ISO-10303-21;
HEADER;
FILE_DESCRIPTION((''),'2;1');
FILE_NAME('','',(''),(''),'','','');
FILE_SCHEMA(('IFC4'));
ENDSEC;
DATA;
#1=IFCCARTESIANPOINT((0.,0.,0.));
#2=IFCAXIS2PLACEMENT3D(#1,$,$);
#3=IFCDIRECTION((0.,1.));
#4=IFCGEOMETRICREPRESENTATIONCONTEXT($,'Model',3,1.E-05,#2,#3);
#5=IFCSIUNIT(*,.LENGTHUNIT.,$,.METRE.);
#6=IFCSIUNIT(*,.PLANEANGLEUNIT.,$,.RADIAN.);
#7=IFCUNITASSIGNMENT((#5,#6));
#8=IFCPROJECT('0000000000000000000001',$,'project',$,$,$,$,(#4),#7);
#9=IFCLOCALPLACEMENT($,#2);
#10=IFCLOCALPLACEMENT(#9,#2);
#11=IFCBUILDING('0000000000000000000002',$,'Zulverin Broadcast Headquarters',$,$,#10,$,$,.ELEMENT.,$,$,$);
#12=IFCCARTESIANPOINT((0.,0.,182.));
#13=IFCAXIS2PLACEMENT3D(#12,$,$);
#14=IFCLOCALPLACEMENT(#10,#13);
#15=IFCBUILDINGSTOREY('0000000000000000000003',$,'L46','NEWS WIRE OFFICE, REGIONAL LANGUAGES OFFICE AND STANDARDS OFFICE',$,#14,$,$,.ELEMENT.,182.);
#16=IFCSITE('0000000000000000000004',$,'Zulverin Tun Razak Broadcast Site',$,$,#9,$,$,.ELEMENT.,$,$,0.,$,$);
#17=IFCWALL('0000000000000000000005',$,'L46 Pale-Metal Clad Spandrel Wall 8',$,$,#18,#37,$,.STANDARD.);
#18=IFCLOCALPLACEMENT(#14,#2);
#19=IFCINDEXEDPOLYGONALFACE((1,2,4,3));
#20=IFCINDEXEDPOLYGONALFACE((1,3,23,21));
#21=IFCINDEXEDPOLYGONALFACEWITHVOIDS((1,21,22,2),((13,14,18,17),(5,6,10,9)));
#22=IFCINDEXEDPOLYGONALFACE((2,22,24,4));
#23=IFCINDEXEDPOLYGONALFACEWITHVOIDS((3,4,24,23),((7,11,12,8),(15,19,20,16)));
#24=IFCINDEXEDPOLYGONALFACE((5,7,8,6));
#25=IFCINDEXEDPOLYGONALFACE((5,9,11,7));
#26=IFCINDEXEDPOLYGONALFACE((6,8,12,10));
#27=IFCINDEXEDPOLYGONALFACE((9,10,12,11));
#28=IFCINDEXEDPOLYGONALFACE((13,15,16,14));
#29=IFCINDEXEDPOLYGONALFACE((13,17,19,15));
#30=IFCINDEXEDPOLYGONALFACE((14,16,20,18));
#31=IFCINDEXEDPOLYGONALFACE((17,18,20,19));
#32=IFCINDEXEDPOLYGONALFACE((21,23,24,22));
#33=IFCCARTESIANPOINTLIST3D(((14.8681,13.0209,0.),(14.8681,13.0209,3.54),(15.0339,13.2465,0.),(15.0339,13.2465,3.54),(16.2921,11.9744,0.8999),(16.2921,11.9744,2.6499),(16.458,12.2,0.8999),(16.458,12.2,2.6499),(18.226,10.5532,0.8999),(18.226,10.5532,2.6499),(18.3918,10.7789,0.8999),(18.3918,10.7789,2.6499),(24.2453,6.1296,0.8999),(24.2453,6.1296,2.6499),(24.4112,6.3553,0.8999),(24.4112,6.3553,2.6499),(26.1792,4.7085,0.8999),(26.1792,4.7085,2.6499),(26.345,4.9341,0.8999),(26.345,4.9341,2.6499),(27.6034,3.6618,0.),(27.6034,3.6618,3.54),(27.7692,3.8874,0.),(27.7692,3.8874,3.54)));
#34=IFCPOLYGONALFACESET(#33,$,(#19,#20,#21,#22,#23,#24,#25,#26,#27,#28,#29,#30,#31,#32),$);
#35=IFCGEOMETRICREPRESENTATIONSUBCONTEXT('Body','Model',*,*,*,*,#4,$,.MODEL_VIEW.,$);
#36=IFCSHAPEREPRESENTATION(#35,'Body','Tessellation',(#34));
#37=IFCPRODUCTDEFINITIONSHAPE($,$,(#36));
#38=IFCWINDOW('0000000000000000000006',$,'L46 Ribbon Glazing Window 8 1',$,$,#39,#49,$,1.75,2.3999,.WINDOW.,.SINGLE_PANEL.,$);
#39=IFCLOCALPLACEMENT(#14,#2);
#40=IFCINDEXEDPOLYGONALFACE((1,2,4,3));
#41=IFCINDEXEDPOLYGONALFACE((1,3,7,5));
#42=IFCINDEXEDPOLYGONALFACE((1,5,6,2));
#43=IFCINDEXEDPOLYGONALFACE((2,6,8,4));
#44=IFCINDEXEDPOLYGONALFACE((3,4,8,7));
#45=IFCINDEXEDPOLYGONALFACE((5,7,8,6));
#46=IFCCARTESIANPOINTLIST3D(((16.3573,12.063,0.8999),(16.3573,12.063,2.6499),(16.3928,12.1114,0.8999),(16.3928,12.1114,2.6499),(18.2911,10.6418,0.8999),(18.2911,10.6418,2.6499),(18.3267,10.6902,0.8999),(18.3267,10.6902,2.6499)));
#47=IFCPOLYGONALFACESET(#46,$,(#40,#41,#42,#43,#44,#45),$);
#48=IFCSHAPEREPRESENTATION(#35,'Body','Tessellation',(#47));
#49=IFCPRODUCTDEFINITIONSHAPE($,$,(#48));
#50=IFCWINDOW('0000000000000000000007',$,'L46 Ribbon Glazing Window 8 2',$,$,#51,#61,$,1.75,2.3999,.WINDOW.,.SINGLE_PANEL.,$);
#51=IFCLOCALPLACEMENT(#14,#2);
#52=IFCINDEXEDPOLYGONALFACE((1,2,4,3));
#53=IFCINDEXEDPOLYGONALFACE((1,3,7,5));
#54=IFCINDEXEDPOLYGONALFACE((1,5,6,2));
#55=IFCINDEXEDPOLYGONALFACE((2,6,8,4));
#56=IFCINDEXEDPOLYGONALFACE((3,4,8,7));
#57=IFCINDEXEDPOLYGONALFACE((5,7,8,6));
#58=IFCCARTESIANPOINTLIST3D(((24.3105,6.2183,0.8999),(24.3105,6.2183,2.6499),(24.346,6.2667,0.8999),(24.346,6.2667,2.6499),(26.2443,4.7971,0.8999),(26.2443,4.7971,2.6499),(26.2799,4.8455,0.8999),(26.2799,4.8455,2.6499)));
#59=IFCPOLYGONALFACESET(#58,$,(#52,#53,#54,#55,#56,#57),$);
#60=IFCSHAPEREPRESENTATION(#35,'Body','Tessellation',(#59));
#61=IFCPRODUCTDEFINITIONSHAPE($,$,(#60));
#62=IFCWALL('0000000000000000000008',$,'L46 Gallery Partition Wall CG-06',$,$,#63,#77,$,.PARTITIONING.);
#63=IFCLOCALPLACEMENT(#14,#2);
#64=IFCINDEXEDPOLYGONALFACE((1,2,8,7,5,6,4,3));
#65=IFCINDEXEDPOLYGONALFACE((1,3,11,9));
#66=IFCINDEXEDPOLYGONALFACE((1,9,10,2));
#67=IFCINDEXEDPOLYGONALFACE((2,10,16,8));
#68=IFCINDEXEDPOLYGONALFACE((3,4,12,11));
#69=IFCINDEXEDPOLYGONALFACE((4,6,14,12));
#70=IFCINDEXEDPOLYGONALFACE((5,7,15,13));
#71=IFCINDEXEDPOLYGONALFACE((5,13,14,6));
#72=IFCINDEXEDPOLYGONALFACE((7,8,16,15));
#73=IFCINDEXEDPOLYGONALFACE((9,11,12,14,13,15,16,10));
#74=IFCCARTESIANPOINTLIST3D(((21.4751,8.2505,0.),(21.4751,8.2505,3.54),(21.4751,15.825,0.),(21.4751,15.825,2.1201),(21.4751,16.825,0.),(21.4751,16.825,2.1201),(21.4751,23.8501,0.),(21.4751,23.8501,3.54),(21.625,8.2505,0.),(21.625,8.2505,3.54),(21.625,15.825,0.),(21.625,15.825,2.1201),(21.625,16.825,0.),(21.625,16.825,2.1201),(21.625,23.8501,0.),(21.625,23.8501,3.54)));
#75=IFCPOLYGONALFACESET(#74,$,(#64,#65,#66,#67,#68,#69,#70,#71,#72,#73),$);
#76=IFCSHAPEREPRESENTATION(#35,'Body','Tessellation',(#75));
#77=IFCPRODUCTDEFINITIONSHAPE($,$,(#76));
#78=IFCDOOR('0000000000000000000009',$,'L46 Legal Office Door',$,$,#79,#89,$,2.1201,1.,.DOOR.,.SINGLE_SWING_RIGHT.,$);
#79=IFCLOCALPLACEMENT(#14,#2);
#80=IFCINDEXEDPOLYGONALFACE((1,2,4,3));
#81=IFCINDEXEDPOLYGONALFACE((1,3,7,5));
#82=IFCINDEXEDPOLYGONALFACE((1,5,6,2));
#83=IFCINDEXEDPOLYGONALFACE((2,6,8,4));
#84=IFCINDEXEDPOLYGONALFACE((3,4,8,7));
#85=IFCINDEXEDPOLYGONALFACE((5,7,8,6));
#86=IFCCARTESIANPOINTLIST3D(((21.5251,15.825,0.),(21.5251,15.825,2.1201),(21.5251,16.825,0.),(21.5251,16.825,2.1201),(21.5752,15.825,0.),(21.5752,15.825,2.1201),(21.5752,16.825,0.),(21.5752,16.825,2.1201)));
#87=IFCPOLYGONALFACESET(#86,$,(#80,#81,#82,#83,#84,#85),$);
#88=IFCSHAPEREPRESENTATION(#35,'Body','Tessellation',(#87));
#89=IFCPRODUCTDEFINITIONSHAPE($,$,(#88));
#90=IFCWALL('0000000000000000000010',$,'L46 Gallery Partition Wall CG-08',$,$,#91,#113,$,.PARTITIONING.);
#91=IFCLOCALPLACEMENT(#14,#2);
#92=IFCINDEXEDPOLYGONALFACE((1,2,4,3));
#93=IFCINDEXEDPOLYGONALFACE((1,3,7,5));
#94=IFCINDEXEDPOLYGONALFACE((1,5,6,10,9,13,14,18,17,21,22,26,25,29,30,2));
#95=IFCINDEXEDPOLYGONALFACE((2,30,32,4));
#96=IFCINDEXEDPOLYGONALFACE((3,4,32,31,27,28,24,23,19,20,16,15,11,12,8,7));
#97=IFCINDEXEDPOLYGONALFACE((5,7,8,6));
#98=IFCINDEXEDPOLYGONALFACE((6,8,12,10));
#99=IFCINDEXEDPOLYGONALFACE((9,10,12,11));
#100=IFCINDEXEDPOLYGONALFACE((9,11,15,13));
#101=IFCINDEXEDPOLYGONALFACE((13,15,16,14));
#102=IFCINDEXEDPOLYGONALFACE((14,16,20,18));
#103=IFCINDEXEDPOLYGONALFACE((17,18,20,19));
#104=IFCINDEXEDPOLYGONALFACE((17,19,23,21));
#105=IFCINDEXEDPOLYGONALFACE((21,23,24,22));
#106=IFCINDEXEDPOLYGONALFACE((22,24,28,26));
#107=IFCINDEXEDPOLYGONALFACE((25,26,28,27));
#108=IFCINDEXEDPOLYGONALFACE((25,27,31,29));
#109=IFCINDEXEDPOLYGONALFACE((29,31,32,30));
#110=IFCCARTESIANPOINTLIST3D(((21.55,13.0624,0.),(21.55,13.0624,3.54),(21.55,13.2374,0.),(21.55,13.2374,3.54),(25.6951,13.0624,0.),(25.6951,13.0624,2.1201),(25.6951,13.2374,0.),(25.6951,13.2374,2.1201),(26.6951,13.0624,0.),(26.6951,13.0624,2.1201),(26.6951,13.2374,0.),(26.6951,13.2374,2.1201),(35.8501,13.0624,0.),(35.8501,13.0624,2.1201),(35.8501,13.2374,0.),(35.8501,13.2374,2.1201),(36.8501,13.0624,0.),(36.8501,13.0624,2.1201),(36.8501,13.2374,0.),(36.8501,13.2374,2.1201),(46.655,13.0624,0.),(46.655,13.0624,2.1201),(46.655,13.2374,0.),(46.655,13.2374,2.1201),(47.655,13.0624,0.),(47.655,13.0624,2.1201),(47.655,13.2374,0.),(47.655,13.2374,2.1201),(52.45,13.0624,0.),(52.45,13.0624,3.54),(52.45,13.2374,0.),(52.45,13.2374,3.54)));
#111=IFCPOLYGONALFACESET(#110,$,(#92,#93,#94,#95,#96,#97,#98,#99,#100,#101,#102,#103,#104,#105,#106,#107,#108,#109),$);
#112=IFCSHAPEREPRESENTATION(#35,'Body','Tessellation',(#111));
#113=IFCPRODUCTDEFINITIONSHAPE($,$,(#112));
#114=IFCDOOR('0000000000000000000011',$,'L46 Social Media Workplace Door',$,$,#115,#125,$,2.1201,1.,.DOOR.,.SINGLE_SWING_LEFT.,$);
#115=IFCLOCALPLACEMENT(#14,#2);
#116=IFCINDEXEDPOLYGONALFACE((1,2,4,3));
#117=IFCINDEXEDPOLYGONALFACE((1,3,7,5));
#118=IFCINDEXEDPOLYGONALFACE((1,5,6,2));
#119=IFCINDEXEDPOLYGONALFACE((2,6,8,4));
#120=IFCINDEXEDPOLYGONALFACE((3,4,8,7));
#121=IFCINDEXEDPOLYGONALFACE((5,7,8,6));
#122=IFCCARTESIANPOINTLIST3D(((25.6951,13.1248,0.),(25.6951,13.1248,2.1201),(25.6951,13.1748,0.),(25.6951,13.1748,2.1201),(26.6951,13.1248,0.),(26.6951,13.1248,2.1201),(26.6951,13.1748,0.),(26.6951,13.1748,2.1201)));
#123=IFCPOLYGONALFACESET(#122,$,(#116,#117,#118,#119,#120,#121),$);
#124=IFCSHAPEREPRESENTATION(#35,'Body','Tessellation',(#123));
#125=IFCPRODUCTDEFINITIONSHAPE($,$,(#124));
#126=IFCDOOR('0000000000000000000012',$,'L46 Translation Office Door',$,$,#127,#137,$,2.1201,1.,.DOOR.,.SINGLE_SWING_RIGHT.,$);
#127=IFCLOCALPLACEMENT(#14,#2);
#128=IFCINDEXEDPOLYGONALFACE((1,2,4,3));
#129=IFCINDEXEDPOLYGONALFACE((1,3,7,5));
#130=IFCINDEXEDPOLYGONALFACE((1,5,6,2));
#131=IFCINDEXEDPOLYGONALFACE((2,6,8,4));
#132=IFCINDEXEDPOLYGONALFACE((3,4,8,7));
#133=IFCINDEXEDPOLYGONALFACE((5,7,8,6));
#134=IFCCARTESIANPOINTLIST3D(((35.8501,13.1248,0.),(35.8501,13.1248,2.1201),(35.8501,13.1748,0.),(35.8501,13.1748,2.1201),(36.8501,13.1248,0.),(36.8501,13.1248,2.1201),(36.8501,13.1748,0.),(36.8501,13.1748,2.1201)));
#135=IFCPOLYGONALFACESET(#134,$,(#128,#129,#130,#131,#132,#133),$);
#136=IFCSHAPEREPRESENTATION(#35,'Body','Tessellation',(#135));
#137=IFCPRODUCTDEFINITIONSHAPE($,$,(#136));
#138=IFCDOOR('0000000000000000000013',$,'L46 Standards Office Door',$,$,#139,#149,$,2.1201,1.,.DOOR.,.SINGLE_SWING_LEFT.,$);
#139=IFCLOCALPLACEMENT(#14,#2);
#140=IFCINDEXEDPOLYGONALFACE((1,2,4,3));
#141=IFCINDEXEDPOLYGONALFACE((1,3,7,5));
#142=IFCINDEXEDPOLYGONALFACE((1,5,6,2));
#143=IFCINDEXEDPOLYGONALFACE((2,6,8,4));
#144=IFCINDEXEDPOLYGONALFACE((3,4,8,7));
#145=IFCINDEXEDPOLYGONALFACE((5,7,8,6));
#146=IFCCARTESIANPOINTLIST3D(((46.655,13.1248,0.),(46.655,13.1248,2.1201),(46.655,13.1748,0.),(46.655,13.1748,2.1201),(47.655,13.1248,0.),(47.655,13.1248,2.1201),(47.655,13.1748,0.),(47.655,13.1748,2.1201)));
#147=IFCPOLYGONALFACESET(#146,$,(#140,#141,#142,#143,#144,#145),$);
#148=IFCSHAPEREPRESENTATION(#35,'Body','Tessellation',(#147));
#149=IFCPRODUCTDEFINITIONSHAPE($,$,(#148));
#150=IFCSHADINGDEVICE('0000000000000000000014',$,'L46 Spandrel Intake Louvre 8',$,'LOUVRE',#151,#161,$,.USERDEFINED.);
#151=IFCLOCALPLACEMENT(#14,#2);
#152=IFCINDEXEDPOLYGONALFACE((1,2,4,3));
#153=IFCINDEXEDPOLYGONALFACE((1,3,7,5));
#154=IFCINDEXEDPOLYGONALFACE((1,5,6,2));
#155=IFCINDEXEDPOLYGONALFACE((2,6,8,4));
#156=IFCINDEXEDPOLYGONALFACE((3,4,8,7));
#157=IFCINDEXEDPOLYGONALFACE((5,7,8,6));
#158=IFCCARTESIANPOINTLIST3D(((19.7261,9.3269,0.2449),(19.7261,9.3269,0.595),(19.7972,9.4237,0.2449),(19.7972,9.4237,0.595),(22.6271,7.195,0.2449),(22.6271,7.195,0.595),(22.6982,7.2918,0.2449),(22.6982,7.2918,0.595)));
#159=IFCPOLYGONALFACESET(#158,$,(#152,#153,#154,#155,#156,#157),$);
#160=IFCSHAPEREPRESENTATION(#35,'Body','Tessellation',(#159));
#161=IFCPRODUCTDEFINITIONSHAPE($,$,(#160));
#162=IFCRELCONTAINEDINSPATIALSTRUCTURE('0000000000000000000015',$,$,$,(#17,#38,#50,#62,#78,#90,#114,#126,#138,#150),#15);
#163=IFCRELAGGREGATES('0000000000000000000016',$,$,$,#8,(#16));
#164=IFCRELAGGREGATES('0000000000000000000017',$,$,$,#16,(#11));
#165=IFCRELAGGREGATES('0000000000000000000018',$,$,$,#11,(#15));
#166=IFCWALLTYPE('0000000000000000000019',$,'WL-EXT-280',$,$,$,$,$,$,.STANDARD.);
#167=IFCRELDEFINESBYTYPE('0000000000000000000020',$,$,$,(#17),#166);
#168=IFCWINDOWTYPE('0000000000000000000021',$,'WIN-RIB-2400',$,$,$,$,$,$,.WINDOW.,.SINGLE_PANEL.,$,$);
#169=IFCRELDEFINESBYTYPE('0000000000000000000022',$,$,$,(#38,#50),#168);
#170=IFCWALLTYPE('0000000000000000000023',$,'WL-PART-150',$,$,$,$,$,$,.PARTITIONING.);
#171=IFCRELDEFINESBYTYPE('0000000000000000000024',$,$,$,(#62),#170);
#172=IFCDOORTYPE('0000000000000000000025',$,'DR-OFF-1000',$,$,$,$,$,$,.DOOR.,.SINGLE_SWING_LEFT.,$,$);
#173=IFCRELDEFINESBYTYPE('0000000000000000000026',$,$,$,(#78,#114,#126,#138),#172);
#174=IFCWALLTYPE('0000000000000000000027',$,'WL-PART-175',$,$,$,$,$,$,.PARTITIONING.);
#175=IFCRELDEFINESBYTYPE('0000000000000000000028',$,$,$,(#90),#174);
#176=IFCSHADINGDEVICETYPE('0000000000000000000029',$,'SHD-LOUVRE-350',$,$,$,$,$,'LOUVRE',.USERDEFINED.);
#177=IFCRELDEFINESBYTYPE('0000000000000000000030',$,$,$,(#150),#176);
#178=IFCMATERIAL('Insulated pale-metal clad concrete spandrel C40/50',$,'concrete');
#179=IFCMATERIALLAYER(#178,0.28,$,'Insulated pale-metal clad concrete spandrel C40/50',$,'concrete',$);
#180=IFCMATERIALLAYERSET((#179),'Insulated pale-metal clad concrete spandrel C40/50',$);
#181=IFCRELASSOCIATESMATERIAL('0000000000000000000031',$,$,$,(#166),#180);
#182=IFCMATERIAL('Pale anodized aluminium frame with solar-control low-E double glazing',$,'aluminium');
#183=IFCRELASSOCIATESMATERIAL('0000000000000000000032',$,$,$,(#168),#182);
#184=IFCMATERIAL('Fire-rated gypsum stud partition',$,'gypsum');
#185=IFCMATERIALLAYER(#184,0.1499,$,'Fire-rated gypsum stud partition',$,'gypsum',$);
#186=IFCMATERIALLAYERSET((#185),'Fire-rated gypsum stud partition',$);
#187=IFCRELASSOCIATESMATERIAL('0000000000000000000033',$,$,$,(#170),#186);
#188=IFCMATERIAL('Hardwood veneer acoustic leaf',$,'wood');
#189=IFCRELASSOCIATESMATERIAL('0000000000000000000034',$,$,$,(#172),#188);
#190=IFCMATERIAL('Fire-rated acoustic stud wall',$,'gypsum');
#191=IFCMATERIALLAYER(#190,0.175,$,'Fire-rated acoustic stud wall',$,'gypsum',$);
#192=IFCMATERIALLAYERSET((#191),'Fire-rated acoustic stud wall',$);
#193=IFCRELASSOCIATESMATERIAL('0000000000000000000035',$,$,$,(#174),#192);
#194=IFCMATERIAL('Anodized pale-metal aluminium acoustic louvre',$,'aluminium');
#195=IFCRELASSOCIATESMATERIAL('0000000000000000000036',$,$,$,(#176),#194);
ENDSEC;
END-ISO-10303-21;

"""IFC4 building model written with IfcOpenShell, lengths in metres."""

from ifc_helpers import new_model, si_unit, direction, frame, frame_2d, origin, origin_2d, place, context, subcontext, project, spatial, rectangle, extrude, material, layer, layer_set, type_object, element, fill, save


model = new_model("IFC4")

# Units and contexts
model_context = context("Model", 3, precision=1e-05, world=origin(), true_north=direction((0.0, 1.0)))
body_context = subcontext(model_context, "Body", "Model", "MODEL_VIEW")
ifc_project = project(units=[si_unit("LENGTHUNIT", "METRE"), si_unit("PLANEANGLEUNIT", "RADIAN")], contexts=[model_context])

# Site, building, storey
site_placement = place(None, origin())
site = spatial("IfcSite", under=ifc_project, at=site_placement, Name="Zulverin Tun Razak Broadcast Site", CompositionType="ELEMENT", RefElevation=0.0)
building_placement = place(site_placement, origin())
building = spatial("IfcBuilding", under=site, at=building_placement, Name="Zulverin Broadcast Headquarters", CompositionType="ELEMENT")
storey_placement = place(building_placement, frame((0.0, 0.0, 182.0)))
storey = spatial("IfcBuildingStorey", under=building, at=storey_placement, Name="L46", Description="NEWS WIRE OFFICE, REGIONAL LANGUAGES OFFICE AND STANDARDS OFFICE", CompositionType="ELEMENT", Elevation=182.0)

# Wall, openings, windows
ifc_material_1 = material(Name="Insulated pale-metal clad concrete spandrel C40/50", Category="concrete")
ifc_layer_1 = layer(ifc_material_1, 0.28, Name="Insulated pale-metal clad concrete spandrel C40/50", Category="concrete")
ifc_layer_set_1 = layer_set([ifc_layer_1], Name="Insulated pale-metal clad concrete spandrel C40/50")
wall_type_1 = type_object("IfcWallType", Name="WL-EXT-280", PredefinedType="STANDARD", material=ifc_layer_set_1)
wall_1_placement = place(storey_placement, frame((14.9509, 13.1338, 0.0), z_axis=(0.0, 0.0, 1.0), x_axis=(0.805805, -0.592181, 0.0)))
wall_1 = element("IfcWall", 1, at=wall_1_placement, inside=storey, type_object=wall_type_1, Name="L46 Pale-Metal Clad Spandrel Wall 8", PredefinedType="STANDARD", context=body_context, shape_type="SweptSolid", body=[
    extrude(rectangle(XDim=15.8044, YDim=0.28, at=frame_2d((7.9023, 0.0))), origin(), (0.0, 0.0, 1.0), 3.54),
])
opening_1_placement = place(wall_1_placement, frame((1.7673, 0.0, 0.8999)))
opening_1 = element("IfcOpeningElement", 2, at=opening_1_placement, cuts=wall_1, PredefinedType="OPENING", context=body_context, shape_type="SweptSolid", body=[
    extrude(rectangle(XDim=2.3999, YDim=1.75, at=frame_2d((1.2, 0.875))), frame((0.0, 0.1499, 0.0), z_axis=(0.0, -1.0, 0.0), x_axis=(1.0, 0.0, 0.0)), (0.0, 0.0, 1.0), 0.3),
])
opening_2_placement = place(wall_1_placement, frame((11.6372, 0.0, 0.8999)))
opening_2 = element("IfcOpeningElement", 3, at=opening_2_placement, cuts=wall_1, PredefinedType="OPENING", context=body_context, shape_type="SweptSolid", body=[
    extrude(rectangle(XDim=2.3999, YDim=1.75, at=frame_2d((1.2, 0.875))), frame((0.0, 0.1499, 0.0), z_axis=(0.0, -1.0, 0.0), x_axis=(1.0, 0.0, 0.0)), (0.0, 0.0, 1.0), 0.3),
])
ifc_material_2 = material(Name="Pale anodized aluminium frame with solar-control low-E double glazing", Category="aluminium")
window_type = type_object("IfcWindowType", Name="WIN-RIB-2400", PartitioningType="SINGLE_PANEL", PredefinedType="WINDOW", material=ifc_material_2)
window_1_placement = place(opening_1_placement, origin())
window_1 = element("IfcWindow", 4, at=window_1_placement, inside=storey, type_object=window_type, Name="L46 Ribbon Glazing Window 8 1", OverallHeight=1.75, OverallWidth=2.3999, PartitioningType="SINGLE_PANEL", PredefinedType="WINDOW", context=body_context, shape_type="SweptSolid", body=[
    extrude(rectangle(XDim=2.3999, YDim=1.75, at=frame_2d((1.2, 0.875))), frame((0.0, 0.03, 0.0), z_axis=(0.0, -1.0, 0.0), x_axis=(1.0, 0.0, 0.0)), (0.0, 0.0, 1.0), 0.0601),
])
fill(opening_1, window_1)
window_2_placement = place(opening_2_placement, origin())
window_2 = element("IfcWindow", 5, at=window_2_placement, inside=storey, type_object=window_type, Name="L46 Ribbon Glazing Window 8 2", OverallHeight=1.75, OverallWidth=2.3999, PartitioningType="SINGLE_PANEL", PredefinedType="WINDOW", context=body_context, shape_type="SweptSolid", body=[
    extrude(rectangle(XDim=2.3999, YDim=1.75, at=frame_2d((1.2, 0.875))), frame((0.0, 0.03, 0.0), z_axis=(0.0, -1.0, 0.0), x_axis=(1.0, 0.0, 0.0)), (0.0, 0.0, 1.0), 0.0601),
])
fill(opening_2, window_2)

# Wall, opening, door
ifc_material_3 = material(Name="Fire-rated gypsum stud partition", Category="gypsum")
ifc_layer_2 = layer(ifc_material_3, 0.1499, Name="Fire-rated gypsum stud partition", Category="gypsum")
ifc_layer_set_2 = layer_set([ifc_layer_2], Name="Fire-rated gypsum stud partition")
wall_type_2 = type_object("IfcWallType", Name="WL-PART-150", PredefinedType="PARTITIONING", material=ifc_layer_set_2)
wall_2_placement = place(storey_placement, frame((21.55, 8.2505, 0.0), z_axis=(0.0, 0.0, 1.0), x_axis=(0.0, 1.0, 0.0)))
wall_2 = element("IfcWall", 6, at=wall_2_placement, inside=storey, type_object=wall_type_2, Name="L46 Gallery Partition Wall CG-06", PredefinedType="PARTITIONING", context=body_context, shape_type="SweptSolid", body=[
    extrude(rectangle(XDim=15.5996, YDim=0.1499, at=frame_2d((7.7998, 0.0))), origin(), (0.0, 0.0, 1.0), 3.54),
])
opening_3_placement = place(wall_2_placement, frame((7.5745, 0.0, 0.0)))
opening_3 = element("IfcOpeningElement", 7, at=opening_3_placement, cuts=wall_2, PredefinedType="OPENING", context=body_context, shape_type="SweptSolid", body=[
    extrude(rectangle(XDim=1.0, YDim=2.1201, at=frame_2d((0.5, 1.0601))), frame((0.0, 0.085, 0.0), z_axis=(0.0, -1.0, 0.0), x_axis=(1.0, 0.0, 0.0)), (0.0, 0.0, 1.0), 0.1699),
])
ifc_material_4 = material(Name="Hardwood veneer acoustic leaf", Category="wood")
door_type_1 = type_object("IfcDoorType", Name="DR-OFF-1000", OperationType="SINGLE_SWING_LEFT", PredefinedType="DOOR", material=ifc_material_4)
door_1_placement = place(opening_3_placement, origin())
door_1 = element("IfcDoor", 8, at=door_1_placement, inside=storey, type_object=door_type_1, Name="L46 Legal Office Door", OperationType="SINGLE_SWING_RIGHT", OverallHeight=2.1201, OverallWidth=1.0, PredefinedType="DOOR", context=body_context, shape_type="SweptSolid", body=[
    extrude(rectangle(XDim=1.0, YDim=2.1201, at=frame_2d((0.5, 1.0601))), frame((0.0, 0.0249, 0.0), z_axis=(0.0, -1.0, 0.0), x_axis=(1.0, 0.0, 0.0)), (0.0, 0.0, 1.0), 0.05),
])
fill(opening_3, door_1)

# Wall, openings, doors
ifc_material_5 = material(Name="Fire-rated acoustic stud wall", Category="gypsum")
ifc_layer_3 = layer(ifc_material_5, 0.175, Name="Fire-rated acoustic stud wall", Category="gypsum")
ifc_layer_set_3 = layer_set([ifc_layer_3], Name="Fire-rated acoustic stud wall")
wall_type_3 = type_object("IfcWallType", Name="WL-PART-175", PredefinedType="PARTITIONING", material=ifc_layer_set_3)
wall_3_placement = place(storey_placement, frame((21.55, 13.1499, 0.0), z_axis=(0.0, 0.0, 1.0), x_axis=(1.0, 0.0, 0.0)))
wall_3 = element("IfcWall", 9, at=wall_3_placement, inside=storey, type_object=wall_type_3, Name="L46 Gallery Partition Wall CG-08", PredefinedType="PARTITIONING", context=body_context, shape_type="SweptSolid", body=[
    extrude(rectangle(XDim=30.8999, YDim=0.175, at=frame_2d((15.45, 0.0))), origin(), (0.0, 0.0, 1.0), 3.54),
])
opening_4_placement = place(wall_3_placement, frame((4.145, 0.0, 0.0)))
opening_4 = element("IfcOpeningElement", 10, at=opening_4_placement, cuts=wall_3, PredefinedType="OPENING", context=body_context, shape_type="SweptSolid", body=[
    extrude(rectangle(XDim=1.0, YDim=2.1201, at=frame_2d((0.5, 1.0601))), frame((0.0, 0.0974, 0.0), z_axis=(0.0, -1.0, 0.0), x_axis=(1.0, 0.0, 0.0)), (0.0, 0.0, 1.0), 0.1951),
])
opening_5_placement = place(wall_3_placement, frame((14.3, 0.0, 0.0)))
opening_5 = element("IfcOpeningElement", 11, at=opening_5_placement, cuts=wall_3, PredefinedType="OPENING", context=body_context, shape_type="SweptSolid", body=[
    extrude(rectangle(XDim=1.0, YDim=2.1201, at=frame_2d((0.5, 1.0601))), frame((0.0, 0.0974, 0.0), z_axis=(0.0, -1.0, 0.0), x_axis=(1.0, 0.0, 0.0)), (0.0, 0.0, 1.0), 0.1951),
])
opening_6_placement = place(wall_3_placement, frame((25.105, 0.0, 0.0)))
opening_6 = element("IfcOpeningElement", 12, at=opening_6_placement, cuts=wall_3, PredefinedType="OPENING", context=body_context, shape_type="SweptSolid", body=[
    extrude(rectangle(XDim=1.0, YDim=2.1201, at=frame_2d((0.5, 1.0601))), frame((0.0, 0.0974, 0.0), z_axis=(0.0, -1.0, 0.0), x_axis=(1.0, 0.0, 0.0)), (0.0, 0.0, 1.0), 0.1951),
])
door_2_placement = place(opening_4_placement, origin())
door_2 = element("IfcDoor", 13, at=door_2_placement, inside=storey, type_object=door_type_1, Name="L46 Social Media Workplace Door", OperationType="SINGLE_SWING_LEFT", OverallHeight=2.1201, OverallWidth=1.0, PredefinedType="DOOR", context=body_context, shape_type="SweptSolid", body=[
    extrude(rectangle(XDim=1.0, YDim=2.1201, at=frame_2d((0.5, 1.0601))), frame((0.0, 0.0249, 0.0), z_axis=(0.0, -1.0, 0.0), x_axis=(1.0, 0.0, 0.0)), (0.0, 0.0, 1.0), 0.05),
])
fill(opening_4, door_2)
door_3_placement = place(opening_5_placement, origin())
door_3 = element("IfcDoor", 14, at=door_3_placement, inside=storey, type_object=door_type_1, Name="L46 Translation Office Door", OperationType="SINGLE_SWING_RIGHT", OverallHeight=2.1201, OverallWidth=1.0, PredefinedType="DOOR", context=body_context, shape_type="SweptSolid", body=[
    extrude(rectangle(XDim=1.0, YDim=2.1201, at=frame_2d((0.5, 1.0601))), frame((0.0, 0.0249, 0.0), z_axis=(0.0, -1.0, 0.0), x_axis=(1.0, 0.0, 0.0)), (0.0, 0.0, 1.0), 0.05),
])
fill(opening_5, door_3)
door_4_placement = place(opening_6_placement, origin())
door_4 = element("IfcDoor", 15, at=door_4_placement, inside=storey, type_object=door_type_1, Name="L46 Standards Office Door", OperationType="SINGLE_SWING_LEFT", OverallHeight=2.1201, OverallWidth=1.0, PredefinedType="DOOR", context=body_context, shape_type="SweptSolid", body=[
    extrude(rectangle(XDim=1.0, YDim=2.1201, at=frame_2d((0.5, 1.0601))), frame((0.0, 0.0249, 0.0), z_axis=(0.0, -1.0, 0.0), x_axis=(1.0, 0.0, 0.0)), (0.0, 0.0, 1.0), 0.05),
])
fill(opening_6, door_4)

# Shading device
ifc_material_6 = material(Name="Anodized pale-metal aluminium acoustic louvre", Category="aluminium")
shading_device_type_1 = type_object("IfcShadingDeviceType", Name="SHD-LOUVRE-350", ElementType="LOUVRE", PredefinedType="USERDEFINED", material=ifc_material_6)
shading_device_1_placement = place(storey_placement, frame((21.2122, 8.3093, 0.2449), z_axis=(0.0, 0.0, 1.0), x_axis=(0.805802, -0.592185, 0.0)))
element("IfcShadingDevice", 16, at=shading_device_1_placement, inside=storey, type_object=shading_device_type_1, Name="L46 Spandrel Intake Louvre 8", ObjectType="LOUVRE", PredefinedType="USERDEFINED", context=body_context, shape_type="SweptSolid", body=[
    extrude(rectangle(XDim=3.6001, YDim=0.1201, at=origin_2d()), origin(), (0.0, 0.0, 1.0), 0.3501),
])

save(model, "model.ifc")
